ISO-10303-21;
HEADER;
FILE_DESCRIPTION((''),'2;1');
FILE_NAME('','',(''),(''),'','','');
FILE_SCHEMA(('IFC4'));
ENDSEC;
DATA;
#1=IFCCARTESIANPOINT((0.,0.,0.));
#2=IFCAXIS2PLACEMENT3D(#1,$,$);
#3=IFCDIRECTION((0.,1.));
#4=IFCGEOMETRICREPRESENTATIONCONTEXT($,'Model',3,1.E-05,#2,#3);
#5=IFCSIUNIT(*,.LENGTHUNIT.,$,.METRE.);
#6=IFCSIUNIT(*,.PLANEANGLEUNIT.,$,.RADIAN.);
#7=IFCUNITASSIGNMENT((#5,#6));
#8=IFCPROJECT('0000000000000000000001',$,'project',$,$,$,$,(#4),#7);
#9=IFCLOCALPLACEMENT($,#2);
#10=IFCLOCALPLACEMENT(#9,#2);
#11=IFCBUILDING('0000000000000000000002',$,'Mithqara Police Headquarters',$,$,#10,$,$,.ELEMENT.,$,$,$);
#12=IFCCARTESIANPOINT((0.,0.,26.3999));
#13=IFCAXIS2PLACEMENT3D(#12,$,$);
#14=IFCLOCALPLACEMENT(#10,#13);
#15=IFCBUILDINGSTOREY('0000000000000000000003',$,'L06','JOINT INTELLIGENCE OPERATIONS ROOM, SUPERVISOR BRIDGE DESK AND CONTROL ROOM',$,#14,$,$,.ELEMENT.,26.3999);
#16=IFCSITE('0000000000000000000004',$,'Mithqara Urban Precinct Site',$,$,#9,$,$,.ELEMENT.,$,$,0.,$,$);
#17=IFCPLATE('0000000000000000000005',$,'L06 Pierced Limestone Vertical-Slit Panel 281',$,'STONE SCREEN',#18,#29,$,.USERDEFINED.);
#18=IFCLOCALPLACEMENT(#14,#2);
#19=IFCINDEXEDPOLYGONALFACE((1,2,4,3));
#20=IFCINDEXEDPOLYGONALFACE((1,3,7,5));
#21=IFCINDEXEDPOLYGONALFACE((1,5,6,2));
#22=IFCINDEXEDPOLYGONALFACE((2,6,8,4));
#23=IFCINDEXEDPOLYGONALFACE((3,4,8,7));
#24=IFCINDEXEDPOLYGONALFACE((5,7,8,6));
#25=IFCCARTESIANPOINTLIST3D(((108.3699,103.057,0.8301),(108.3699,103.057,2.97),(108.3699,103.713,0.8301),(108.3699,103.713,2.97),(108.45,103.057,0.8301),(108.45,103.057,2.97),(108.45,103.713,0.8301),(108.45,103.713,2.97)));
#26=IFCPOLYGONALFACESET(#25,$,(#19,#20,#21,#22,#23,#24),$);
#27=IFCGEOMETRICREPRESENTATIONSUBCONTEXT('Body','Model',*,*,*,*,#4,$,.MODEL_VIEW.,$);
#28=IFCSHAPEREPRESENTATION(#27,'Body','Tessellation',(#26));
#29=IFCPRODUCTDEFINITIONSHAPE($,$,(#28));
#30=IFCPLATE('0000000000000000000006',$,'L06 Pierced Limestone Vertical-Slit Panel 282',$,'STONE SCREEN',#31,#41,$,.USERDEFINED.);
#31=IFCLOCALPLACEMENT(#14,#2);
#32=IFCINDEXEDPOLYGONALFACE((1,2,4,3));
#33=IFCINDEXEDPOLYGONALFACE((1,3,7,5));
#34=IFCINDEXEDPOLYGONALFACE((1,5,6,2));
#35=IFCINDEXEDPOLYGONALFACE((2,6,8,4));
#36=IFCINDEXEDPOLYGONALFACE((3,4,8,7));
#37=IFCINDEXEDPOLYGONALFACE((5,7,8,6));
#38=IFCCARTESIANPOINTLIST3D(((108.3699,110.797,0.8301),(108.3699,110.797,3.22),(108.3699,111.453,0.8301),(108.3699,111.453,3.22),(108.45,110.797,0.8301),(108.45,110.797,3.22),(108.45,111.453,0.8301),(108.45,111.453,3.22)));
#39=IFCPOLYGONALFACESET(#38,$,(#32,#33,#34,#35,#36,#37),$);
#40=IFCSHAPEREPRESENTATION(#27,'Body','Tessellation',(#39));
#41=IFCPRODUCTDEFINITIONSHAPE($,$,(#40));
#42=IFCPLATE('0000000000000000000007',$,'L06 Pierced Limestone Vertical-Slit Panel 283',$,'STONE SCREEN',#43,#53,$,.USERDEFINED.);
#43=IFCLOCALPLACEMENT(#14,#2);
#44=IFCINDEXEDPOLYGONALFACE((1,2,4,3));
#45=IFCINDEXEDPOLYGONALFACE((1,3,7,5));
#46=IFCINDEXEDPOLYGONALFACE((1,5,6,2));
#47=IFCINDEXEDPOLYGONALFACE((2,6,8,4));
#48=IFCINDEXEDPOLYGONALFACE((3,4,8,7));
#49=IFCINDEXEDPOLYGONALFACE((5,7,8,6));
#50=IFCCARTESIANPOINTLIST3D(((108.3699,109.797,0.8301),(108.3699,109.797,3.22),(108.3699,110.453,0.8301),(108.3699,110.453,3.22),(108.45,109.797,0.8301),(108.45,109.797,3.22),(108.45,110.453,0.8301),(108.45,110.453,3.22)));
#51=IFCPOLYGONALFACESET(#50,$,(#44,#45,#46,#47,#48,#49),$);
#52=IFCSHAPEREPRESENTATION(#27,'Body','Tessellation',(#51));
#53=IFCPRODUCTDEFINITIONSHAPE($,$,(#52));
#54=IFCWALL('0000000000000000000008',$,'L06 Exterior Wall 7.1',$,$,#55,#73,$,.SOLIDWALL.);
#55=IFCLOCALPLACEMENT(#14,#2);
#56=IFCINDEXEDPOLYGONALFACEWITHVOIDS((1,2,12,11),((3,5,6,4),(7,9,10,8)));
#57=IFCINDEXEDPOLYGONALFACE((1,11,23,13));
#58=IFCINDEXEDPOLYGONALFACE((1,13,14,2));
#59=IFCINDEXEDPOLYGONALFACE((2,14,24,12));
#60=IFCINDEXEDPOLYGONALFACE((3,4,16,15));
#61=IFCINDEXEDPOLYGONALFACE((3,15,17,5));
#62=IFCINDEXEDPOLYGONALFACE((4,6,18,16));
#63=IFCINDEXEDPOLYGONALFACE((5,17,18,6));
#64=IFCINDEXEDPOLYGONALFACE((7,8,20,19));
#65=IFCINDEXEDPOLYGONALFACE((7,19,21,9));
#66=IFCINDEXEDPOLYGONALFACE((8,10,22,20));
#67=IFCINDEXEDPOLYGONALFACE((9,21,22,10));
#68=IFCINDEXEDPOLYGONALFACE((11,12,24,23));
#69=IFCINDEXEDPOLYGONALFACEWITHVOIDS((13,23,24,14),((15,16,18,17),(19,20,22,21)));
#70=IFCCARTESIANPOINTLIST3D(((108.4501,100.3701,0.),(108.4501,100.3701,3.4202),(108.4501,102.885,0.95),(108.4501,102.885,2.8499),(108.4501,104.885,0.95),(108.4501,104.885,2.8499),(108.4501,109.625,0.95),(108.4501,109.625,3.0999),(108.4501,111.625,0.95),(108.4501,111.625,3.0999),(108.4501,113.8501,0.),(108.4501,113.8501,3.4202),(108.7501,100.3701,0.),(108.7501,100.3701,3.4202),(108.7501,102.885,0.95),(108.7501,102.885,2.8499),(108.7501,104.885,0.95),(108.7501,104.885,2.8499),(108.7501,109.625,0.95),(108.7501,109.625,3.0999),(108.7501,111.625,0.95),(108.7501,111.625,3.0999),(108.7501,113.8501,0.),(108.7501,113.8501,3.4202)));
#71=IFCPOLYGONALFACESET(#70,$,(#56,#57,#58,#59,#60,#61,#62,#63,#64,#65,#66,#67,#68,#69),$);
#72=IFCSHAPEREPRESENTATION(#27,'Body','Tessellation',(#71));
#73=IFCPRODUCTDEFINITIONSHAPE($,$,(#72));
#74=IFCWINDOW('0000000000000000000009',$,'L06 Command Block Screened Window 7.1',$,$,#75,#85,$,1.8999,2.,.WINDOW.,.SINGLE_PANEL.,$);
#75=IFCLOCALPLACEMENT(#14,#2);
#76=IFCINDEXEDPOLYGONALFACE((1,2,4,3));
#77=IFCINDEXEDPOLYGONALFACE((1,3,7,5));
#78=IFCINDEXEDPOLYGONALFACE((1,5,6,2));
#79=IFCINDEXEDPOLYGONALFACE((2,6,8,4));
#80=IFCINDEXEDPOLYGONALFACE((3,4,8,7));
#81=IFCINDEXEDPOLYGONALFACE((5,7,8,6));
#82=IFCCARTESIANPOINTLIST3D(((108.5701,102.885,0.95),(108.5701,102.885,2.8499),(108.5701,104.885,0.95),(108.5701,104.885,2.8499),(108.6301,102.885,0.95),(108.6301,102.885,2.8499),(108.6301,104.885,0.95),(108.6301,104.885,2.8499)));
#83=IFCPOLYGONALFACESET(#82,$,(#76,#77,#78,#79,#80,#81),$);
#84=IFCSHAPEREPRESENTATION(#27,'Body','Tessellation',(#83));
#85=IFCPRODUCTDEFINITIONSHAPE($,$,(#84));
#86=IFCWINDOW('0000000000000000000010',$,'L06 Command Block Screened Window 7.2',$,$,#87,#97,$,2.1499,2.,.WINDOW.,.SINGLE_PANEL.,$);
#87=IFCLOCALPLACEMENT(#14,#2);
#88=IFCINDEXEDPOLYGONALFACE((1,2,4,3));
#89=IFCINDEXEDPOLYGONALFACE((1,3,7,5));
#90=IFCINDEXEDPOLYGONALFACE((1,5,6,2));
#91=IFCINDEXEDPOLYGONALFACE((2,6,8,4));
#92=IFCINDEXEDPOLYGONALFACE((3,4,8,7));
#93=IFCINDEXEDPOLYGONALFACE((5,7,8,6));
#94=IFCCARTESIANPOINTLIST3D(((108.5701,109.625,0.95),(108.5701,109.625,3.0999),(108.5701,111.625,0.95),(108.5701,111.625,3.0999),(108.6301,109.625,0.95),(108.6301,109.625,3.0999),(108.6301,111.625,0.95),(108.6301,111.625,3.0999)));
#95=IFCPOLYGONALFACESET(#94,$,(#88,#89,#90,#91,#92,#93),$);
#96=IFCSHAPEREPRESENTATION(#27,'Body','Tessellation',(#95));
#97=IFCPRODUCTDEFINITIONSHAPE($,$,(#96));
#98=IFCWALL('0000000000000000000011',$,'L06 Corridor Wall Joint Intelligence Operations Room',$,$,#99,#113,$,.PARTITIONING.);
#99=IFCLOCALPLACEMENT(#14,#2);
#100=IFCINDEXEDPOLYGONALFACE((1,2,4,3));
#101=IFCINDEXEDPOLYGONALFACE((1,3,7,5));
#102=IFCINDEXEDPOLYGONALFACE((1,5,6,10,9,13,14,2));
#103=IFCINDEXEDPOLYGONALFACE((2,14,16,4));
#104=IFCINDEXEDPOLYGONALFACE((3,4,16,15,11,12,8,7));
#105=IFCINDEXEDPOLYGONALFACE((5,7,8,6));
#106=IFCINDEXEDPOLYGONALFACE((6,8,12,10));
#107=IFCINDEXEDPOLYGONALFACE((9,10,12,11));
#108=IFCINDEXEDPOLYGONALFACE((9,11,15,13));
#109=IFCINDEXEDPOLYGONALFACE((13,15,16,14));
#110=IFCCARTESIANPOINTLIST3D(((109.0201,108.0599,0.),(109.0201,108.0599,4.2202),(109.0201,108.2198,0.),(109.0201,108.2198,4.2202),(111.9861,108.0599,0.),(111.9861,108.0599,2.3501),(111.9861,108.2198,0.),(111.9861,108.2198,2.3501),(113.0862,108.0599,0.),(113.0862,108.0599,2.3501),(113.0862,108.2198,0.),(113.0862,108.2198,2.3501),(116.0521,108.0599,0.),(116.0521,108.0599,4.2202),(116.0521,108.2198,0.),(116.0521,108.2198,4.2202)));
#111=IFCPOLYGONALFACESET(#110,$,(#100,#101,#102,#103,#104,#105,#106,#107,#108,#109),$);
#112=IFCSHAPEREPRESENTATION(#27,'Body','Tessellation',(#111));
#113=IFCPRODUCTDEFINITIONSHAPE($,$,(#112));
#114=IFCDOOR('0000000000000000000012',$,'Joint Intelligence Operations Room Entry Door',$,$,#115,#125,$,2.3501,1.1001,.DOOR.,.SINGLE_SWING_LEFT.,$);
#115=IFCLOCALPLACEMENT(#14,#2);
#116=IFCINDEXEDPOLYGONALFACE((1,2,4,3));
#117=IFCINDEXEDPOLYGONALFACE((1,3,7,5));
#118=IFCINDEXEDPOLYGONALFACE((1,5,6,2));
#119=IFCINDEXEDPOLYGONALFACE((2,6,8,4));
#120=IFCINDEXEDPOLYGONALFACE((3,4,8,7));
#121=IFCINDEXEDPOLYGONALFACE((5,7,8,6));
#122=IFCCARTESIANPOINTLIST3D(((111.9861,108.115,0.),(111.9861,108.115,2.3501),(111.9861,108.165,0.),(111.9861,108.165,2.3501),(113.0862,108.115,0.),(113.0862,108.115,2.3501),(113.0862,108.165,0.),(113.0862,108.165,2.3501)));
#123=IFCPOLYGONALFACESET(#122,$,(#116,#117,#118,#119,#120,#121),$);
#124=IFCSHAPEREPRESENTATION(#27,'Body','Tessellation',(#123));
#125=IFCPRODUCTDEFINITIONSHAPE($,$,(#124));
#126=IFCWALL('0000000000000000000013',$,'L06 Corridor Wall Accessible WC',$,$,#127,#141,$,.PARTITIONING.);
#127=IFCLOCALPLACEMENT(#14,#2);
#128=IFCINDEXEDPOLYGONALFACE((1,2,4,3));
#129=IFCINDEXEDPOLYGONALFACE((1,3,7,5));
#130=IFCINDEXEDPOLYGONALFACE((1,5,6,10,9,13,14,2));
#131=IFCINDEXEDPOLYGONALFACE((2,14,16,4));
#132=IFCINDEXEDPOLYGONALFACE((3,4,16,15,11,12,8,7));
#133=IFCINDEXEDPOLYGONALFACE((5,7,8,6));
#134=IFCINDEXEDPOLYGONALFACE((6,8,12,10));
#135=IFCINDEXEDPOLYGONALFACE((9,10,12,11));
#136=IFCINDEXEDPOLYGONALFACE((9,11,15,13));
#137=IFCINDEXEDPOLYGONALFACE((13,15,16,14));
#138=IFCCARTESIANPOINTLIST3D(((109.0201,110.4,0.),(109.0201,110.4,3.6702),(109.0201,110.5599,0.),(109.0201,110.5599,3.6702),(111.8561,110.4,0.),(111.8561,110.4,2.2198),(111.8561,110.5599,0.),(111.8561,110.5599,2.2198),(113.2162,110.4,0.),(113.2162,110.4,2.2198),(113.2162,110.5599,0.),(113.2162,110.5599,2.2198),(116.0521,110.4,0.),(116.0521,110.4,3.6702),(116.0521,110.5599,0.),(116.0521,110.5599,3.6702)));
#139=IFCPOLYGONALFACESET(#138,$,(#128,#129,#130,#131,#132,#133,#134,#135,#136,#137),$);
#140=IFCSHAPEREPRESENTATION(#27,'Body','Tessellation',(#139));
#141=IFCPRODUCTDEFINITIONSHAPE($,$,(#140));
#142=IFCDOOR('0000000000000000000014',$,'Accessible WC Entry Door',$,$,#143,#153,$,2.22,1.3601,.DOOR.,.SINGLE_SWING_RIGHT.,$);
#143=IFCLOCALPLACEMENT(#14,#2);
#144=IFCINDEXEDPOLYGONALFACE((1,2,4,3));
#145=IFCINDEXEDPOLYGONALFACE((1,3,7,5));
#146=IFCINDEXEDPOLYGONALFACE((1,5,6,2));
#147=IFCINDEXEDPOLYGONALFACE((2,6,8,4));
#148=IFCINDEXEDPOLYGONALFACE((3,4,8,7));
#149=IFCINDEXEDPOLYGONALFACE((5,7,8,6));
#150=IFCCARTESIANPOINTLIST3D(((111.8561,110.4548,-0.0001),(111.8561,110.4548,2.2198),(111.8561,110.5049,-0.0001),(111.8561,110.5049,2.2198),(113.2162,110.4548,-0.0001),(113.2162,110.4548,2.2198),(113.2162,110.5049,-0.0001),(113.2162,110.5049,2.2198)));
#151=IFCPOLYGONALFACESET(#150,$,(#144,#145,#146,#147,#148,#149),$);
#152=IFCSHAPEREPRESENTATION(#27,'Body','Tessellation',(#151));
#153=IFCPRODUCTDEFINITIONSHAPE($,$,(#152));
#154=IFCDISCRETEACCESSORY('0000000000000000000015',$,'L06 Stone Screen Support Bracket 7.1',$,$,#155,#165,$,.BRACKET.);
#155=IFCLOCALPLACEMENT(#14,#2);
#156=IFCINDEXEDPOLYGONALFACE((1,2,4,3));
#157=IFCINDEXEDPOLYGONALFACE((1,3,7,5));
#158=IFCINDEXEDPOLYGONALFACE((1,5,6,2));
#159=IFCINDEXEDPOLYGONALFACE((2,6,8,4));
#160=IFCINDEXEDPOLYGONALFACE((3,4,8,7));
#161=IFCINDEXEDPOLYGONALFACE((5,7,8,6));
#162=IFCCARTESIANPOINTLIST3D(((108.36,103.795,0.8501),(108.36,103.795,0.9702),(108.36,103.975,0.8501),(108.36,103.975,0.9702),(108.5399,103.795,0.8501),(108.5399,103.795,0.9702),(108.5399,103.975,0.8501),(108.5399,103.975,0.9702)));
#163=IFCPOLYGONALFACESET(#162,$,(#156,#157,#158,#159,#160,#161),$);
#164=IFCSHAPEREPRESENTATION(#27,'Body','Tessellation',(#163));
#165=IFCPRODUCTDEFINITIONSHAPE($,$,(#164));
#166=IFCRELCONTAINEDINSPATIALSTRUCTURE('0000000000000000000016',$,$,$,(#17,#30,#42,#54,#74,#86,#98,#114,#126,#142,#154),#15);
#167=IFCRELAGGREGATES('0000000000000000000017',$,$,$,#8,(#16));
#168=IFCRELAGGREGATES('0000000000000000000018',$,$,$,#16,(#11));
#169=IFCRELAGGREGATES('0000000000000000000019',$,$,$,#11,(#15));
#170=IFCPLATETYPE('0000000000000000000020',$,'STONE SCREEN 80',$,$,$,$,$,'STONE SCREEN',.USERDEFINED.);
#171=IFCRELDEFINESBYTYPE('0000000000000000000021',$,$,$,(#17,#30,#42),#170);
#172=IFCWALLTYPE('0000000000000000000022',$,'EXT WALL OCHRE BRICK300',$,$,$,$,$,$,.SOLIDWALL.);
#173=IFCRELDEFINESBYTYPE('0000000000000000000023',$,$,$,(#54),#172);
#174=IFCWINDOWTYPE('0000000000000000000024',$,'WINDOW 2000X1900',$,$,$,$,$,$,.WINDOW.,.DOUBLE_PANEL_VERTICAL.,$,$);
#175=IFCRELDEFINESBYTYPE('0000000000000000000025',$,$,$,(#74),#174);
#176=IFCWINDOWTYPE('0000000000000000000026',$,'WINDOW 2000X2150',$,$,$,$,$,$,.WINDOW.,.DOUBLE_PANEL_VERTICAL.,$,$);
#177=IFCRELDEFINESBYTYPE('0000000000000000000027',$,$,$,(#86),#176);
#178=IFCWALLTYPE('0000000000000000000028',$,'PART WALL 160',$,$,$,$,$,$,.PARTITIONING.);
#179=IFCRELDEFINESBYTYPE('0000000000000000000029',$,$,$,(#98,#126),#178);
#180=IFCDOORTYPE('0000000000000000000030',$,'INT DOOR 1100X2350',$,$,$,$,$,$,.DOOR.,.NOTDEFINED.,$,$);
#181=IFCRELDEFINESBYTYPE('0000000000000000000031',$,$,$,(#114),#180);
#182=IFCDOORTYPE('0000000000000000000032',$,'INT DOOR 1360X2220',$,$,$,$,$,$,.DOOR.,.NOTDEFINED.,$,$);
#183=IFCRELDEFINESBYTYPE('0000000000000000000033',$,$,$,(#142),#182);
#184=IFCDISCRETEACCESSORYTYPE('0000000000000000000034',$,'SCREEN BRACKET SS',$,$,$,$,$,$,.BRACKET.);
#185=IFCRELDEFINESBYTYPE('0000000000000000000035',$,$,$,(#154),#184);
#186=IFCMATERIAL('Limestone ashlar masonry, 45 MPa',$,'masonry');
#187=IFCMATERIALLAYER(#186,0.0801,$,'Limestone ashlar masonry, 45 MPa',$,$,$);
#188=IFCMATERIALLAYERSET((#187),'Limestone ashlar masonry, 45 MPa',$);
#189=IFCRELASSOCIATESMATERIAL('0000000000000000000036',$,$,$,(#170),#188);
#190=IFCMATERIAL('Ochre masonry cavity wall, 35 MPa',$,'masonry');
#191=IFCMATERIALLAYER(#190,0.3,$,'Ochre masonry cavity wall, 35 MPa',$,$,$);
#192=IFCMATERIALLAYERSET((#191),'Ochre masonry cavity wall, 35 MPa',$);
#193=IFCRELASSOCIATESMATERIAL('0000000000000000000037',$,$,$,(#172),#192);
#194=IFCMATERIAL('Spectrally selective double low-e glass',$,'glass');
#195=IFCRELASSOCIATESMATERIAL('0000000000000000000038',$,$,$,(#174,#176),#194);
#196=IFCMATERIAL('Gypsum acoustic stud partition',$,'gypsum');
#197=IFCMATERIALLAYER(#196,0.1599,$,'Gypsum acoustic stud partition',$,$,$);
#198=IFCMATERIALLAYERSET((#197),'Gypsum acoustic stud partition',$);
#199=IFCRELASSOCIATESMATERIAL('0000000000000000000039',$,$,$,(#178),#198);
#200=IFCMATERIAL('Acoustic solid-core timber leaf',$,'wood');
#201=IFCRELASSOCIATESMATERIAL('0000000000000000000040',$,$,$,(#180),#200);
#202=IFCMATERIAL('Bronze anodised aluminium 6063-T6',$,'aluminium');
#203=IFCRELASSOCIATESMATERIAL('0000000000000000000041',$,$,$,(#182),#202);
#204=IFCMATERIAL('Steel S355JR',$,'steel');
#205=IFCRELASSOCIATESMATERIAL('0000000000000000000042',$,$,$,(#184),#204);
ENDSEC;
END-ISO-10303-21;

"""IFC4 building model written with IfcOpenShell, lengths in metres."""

from ifc_helpers import new_model, si_unit, direction, frame, frame_2d, origin, origin_2d, place, context, subcontext, project, spatial, rectangle, extrude, material, layer, layer_set, type_object, element, fill, save


model = new_model("IFC4")

# Units and contexts
model_context = context("Model", 3, precision=1e-05, world=origin(), true_north=direction((0.0, 1.0)))
body_context = subcontext(model_context, "Body", "Model", "MODEL_VIEW")
ifc_project = project(units=[si_unit("LENGTHUNIT", "METRE"), si_unit("PLANEANGLEUNIT", "RADIAN")], contexts=[model_context])

# Site, building, storey
site_placement = place(None, origin())
site = spatial("IfcSite", under=ifc_project, at=site_placement, Name="Mithqara Urban Precinct Site", CompositionType="ELEMENT", RefElevation=0.0)
building_placement = place(site_placement, origin())
building = spatial("IfcBuilding", under=site, at=building_placement, Name="Mithqara Police Headquarters", CompositionType="ELEMENT")
storey_placement = place(building_placement, frame((0.0, 0.0, 26.3999)))
storey = spatial("IfcBuildingStorey", under=building, at=storey_placement, Name="L06", Description="JOINT INTELLIGENCE OPERATIONS ROOM, SUPERVISOR BRIDGE DESK AND CONTROL ROOM", CompositionType="ELEMENT", Elevation=26.3999)

# Shared definitions
ifc_material_1 = material(Name="Steel S355JR", Category="steel")

# Plates
ifc_material_2 = material(Name="Limestone ashlar masonry, 45 MPa", Category="masonry")
ifc_layer_1 = layer(ifc_material_2, 0.0801, Name="Limestone ashlar masonry, 45 MPa")
ifc_layer_set_1 = layer_set([ifc_layer_1], Name="Limestone ashlar masonry, 45 MPa")
plate_type = type_object("IfcPlateType", Name="STONE SCREEN 80", ElementType="STONE SCREEN", PredefinedType="USERDEFINED", material=ifc_layer_set_1)
for number, where, z_axis, x_axis, name in (
    (1, (108.4099, 103.385, 0.8301), (0.0, 0.0, 1.0), (0.0, 1.0, 0.0), "L06 Pierced Limestone Vertical-Slit Panel 281"),
):
    element("IfcPlate", number, at=place(storey_placement, frame(where, z_axis=z_axis, x_axis=x_axis)), inside=storey, type_object=plate_type, Name=name, ObjectType="STONE SCREEN", PredefinedType="USERDEFINED", context=body_context, shape_type="SweptSolid", body=[
        extrude(rectangle(XDim=0.656, YDim=0.0801, at=origin_2d()), origin(), (0.0, 0.0, 1.0), 2.1399),
    ])
for number, where, z_axis, x_axis, name in (
    (2, (108.4099, 111.125, 0.8301), (0.0, 0.0, 1.0), (0.0, 1.0, 0.0), "L06 Pierced Limestone Vertical-Slit Panel 282"),
    (3, (108.4099, 110.125, 0.8301), (0.0, 0.0, 1.0), (0.0, 1.0, 0.0), "L06 Pierced Limestone Vertical-Slit Panel 283"),
):
    element("IfcPlate", number, at=place(storey_placement, frame(where, z_axis=z_axis, x_axis=x_axis)), inside=storey, type_object=plate_type, Name=name, ObjectType="STONE SCREEN", PredefinedType="USERDEFINED", context=body_context, shape_type="SweptSolid", body=[
        extrude(rectangle(XDim=0.656, YDim=0.0801, at=origin_2d()), origin(), (0.0, 0.0, 1.0), 2.3899),
    ])

# Wall, openings, windows
ifc_material_3 = material(Name="Ochre masonry cavity wall, 35 MPa", Category="masonry")
ifc_layer_2 = layer(ifc_material_3, 0.3, Name="Ochre masonry cavity wall, 35 MPa")
ifc_layer_set_2 = layer_set([ifc_layer_2], Name="Ochre masonry cavity wall, 35 MPa")
wall_type_1 = type_object("IfcWallType", Name="EXT WALL OCHRE BRICK300", PredefinedType="SOLIDWALL", material=ifc_layer_set_2)
wall_1_placement = place(storey_placement, frame((108.6001, 113.8501, 0.0), z_axis=(0.0, 0.0, 1.0), x_axis=(0.0, -1.0, 0.0)))
wall_1 = element("IfcWall", 4, at=wall_1_placement, inside=storey, type_object=wall_type_1, Name="L06 Exterior Wall 7.1", PredefinedType="SOLIDWALL", context=body_context, shape_type="SweptSolid", body=[
    extrude(rectangle(XDim=13.48, YDim=0.3, at=frame_2d((6.74, 0.0))), origin(), (0.0, 0.0, 1.0), 3.4202),
])
opening_1_placement = place(wall_1_placement, frame((8.9651, 0.0, 0.95)))
opening_1 = element("IfcOpeningElement", 5, at=opening_1_placement, cuts=wall_1, PredefinedType="OPENING", context=body_context, shape_type="SweptSolid", body=[
    extrude(rectangle(XDim=2.0, YDim=1.8999, at=frame_2d((1.0, 0.95))), frame((0.0, 0.1602, 0.0), z_axis=(0.0, -1.0, 0.0), x_axis=(1.0, 0.0, 0.0)), (0.0, 0.0, 1.0), 0.3201),
])
opening_2_placement = place(wall_1_placement, frame((2.2251, 0.0, 0.95)))
opening_2 = element("IfcOpeningElement", 6, at=opening_2_placement, cuts=wall_1, PredefinedType="OPENING", context=body_context, shape_type="SweptSolid", body=[
    extrude(rectangle(XDim=2.0, YDim=2.1499, at=frame_2d((1.0, 1.075))), frame((0.0, 0.1602, 0.0), z_axis=(0.0, -1.0, 0.0), x_axis=(1.0, 0.0, 0.0)), (0.0, 0.0, 1.0), 0.3201),
])
ifc_material_4 = material(Name="Spectrally selective double low-e glass", Category="glass")
window_type_1 = type_object("IfcWindowType", Name="WINDOW 2000X1900", PartitioningType="DOUBLE_PANEL_VERTICAL", PredefinedType="WINDOW", material=ifc_material_4)
window_1_placement = place(opening_1_placement, origin())
window_1 = element("IfcWindow", 7, at=window_1_placement, inside=storey, type_object=window_type_1, Name="L06 Command Block Screened Window 7.1", OverallHeight=1.8999, OverallWidth=2.0, PartitioningType="SINGLE_PANEL", PredefinedType="WINDOW", context=body_context, shape_type="SweptSolid", body=[
    extrude(rectangle(XDim=2.0, YDim=1.8999, at=frame_2d((1.0, 0.95))), frame((0.0, 0.03, 0.0), z_axis=(0.0, -1.0, 0.0), x_axis=(1.0, 0.0, 0.0)), (0.0, 0.0, 1.0), 0.0601),
])
fill(opening_1, window_1)
window_type_2 = type_object("IfcWindowType", Name="WINDOW 2000X2150", PartitioningType="DOUBLE_PANEL_VERTICAL", PredefinedType="WINDOW", material=ifc_material_4)
window_2_placement = place(opening_2_placement, origin())
window_2 = element("IfcWindow", 8, at=window_2_placement, inside=storey, type_object=window_type_2, Name="L06 Command Block Screened Window 7.2", OverallHeight=2.1499, OverallWidth=2.0, PartitioningType="SINGLE_PANEL", PredefinedType="WINDOW", context=body_context, shape_type="SweptSolid", body=[
    extrude(rectangle(XDim=2.0, YDim=2.1499, at=frame_2d((1.0, 1.075))), frame((0.0, 0.03, 0.0), z_axis=(0.0, -1.0, 0.0), x_axis=(1.0, 0.0, 0.0)), (0.0, 0.0, 1.0), 0.0601),
])
fill(opening_2, window_2)

# Walls, openings, doors
ifc_material_5 = material(Name="Gypsum acoustic stud partition", Category="gypsum")
ifc_layer_3 = layer(ifc_material_5, 0.1599, Name="Gypsum acoustic stud partition")
ifc_layer_set_3 = layer_set([ifc_layer_3], Name="Gypsum acoustic stud partition")
wall_type_2 = type_object("IfcWallType", Name="PART WALL 160", PredefinedType="PARTITIONING", material=ifc_layer_set_3)
wall_2_placement = place(storey_placement, frame((109.02, 108.1399, 0.0), z_axis=(0.0, 0.0, 1.0), x_axis=(1.0, 0.0, 0.0)))
wall_2 = element("IfcWall", 9, at=wall_2_placement, inside=storey, type_object=wall_type_2, Name="L06 Corridor Wall Joint Intelligence Operations Room", PredefinedType="PARTITIONING", context=body_context, shape_type="SweptSolid", body=[
    extrude(rectangle(XDim=7.032, YDim=0.1599, at=frame_2d((3.5161, 0.0))), origin(), (0.0, 0.0, 1.0), 4.2202),
])
opening_3_placement = place(wall_2_placement, frame((2.9661, 0.0, 0.0)))
opening_3 = element("IfcOpeningElement", 10, at=opening_3_placement, cuts=wall_2, PredefinedType="OPENING", context=body_context, shape_type="SweptSolid", body=[
    extrude(rectangle(XDim=1.1001, YDim=2.3501, at=frame_2d((0.55, 1.175))), frame((0.0, 0.0898, 0.0), z_axis=(0.0, -1.0, 0.0), x_axis=(1.0, 0.0, 0.0)), (0.0, 0.0, 1.0), 0.1799),
])
ifc_material_6 = material(Name="Acoustic solid-core timber leaf", Category="wood")
door_type_1 = type_object("IfcDoorType", Name="INT DOOR 1100X2350", OperationType="NOTDEFINED", PredefinedType="DOOR", material=ifc_material_6)
door_1_placement = place(opening_3_placement, frame((1.1001, 0.0, 0.0), z_axis=(0.0, 0.0, 1.0), x_axis=(-1.0, 0.0, 0.0)))
door_1 = element("IfcDoor", 11, at=door_1_placement, inside=storey, type_object=door_type_1, Name="Joint Intelligence Operations Room Entry Door", OperationType="SINGLE_SWING_LEFT", OverallHeight=2.3501, OverallWidth=1.1001, PredefinedType="DOOR", context=body_context, shape_type="SweptSolid", body=[
    extrude(rectangle(XDim=1.1001, YDim=2.3501, at=frame_2d((0.55, 1.175))), frame((0.0, 0.0249, 0.0), z_axis=(0.0, -1.0, 0.0), x_axis=(1.0, 0.0, 0.0)), (0.0, 0.0, 1.0), 0.05),
])
fill(opening_3, door_1)
wall_3_placement = place(storey_placement, frame((109.02, 110.48, 0.0), z_axis=(0.0, 0.0, 1.0), x_axis=(1.0, 0.0, 0.0)))
wall_3 = element("IfcWall", 12, at=wall_3_placement, inside=storey, type_object=wall_type_2, Name="L06 Corridor Wall Accessible WC", PredefinedType="PARTITIONING", context=body_context, shape_type="SweptSolid", body=[
    extrude(rectangle(XDim=7.032, YDim=0.1599, at=frame_2d((3.5161, 0.0))), origin(), (0.0, 0.0, 1.0), 3.6702),
])
opening_4_placement = place(wall_3_placement, frame((2.8359, 0.0, 0.0)))
opening_4 = element("IfcOpeningElement", 13, at=opening_4_placement, cuts=wall_3, PredefinedType="OPENING", context=body_context, shape_type="SweptSolid", body=[
    extrude(rectangle(XDim=1.3601, YDim=2.22, at=frame_2d((0.6802, 1.1099))), frame((0.0, 0.0898, 0.0), z_axis=(0.0, -1.0, 0.0), x_axis=(1.0, 0.0, 0.0)), (0.0, 0.0, 1.0), 0.1799),
])
ifc_material_7 = material(Name="Bronze anodised aluminium 6063-T6", Category="aluminium")
door_type_2 = type_object("IfcDoorType", Name="INT DOOR 1360X2220", OperationType="NOTDEFINED", PredefinedType="DOOR", material=ifc_material_7)
door_2_placement = place(opening_4_placement, origin())
door_2 = element("IfcDoor", 14, at=door_2_placement, inside=storey, type_object=door_type_2, Name="Accessible WC Entry Door", OperationType="SINGLE_SWING_RIGHT", OverallHeight=2.22, OverallWidth=1.3601, PredefinedType="DOOR", context=body_context, shape_type="SweptSolid", body=[
    extrude(rectangle(XDim=1.3601, YDim=2.22, at=frame_2d((0.6802, 1.1099))), frame((0.0, 0.0249, 0.0), z_axis=(0.0, -1.0, 0.0), x_axis=(1.0, 0.0, 0.0)), (0.0, 0.0, 1.0), 0.05),
])
fill(opening_4, door_2)

# Discrete accessory
discrete_accessory_type = type_object("IfcDiscreteAccessoryType", Name="SCREEN BRACKET SS", PredefinedType="BRACKET", material=ifc_material_1)
for number, where, z_axis, x_axis, name in (
    (15, (108.45, 103.885, 0.8501), (0.0, 0.0, 1.0), (0.0, 1.0, 0.0), "L06 Stone Screen Support Bracket 7.1"),
):
    element("IfcDiscreteAccessory", number, at=place(storey_placement, frame(where, z_axis=z_axis, x_axis=x_axis)), inside=storey, type_object=discrete_accessory_type, Name=name, PredefinedType="BRACKET", context=body_context, shape_type="SweptSolid", body=[
        extrude(rectangle(XDim=0.1799, YDim=0.1799, at=origin_2d()), origin(), (0.0, 0.0, 1.0), 0.1201),
    ])

save(model, "model.ifc")
